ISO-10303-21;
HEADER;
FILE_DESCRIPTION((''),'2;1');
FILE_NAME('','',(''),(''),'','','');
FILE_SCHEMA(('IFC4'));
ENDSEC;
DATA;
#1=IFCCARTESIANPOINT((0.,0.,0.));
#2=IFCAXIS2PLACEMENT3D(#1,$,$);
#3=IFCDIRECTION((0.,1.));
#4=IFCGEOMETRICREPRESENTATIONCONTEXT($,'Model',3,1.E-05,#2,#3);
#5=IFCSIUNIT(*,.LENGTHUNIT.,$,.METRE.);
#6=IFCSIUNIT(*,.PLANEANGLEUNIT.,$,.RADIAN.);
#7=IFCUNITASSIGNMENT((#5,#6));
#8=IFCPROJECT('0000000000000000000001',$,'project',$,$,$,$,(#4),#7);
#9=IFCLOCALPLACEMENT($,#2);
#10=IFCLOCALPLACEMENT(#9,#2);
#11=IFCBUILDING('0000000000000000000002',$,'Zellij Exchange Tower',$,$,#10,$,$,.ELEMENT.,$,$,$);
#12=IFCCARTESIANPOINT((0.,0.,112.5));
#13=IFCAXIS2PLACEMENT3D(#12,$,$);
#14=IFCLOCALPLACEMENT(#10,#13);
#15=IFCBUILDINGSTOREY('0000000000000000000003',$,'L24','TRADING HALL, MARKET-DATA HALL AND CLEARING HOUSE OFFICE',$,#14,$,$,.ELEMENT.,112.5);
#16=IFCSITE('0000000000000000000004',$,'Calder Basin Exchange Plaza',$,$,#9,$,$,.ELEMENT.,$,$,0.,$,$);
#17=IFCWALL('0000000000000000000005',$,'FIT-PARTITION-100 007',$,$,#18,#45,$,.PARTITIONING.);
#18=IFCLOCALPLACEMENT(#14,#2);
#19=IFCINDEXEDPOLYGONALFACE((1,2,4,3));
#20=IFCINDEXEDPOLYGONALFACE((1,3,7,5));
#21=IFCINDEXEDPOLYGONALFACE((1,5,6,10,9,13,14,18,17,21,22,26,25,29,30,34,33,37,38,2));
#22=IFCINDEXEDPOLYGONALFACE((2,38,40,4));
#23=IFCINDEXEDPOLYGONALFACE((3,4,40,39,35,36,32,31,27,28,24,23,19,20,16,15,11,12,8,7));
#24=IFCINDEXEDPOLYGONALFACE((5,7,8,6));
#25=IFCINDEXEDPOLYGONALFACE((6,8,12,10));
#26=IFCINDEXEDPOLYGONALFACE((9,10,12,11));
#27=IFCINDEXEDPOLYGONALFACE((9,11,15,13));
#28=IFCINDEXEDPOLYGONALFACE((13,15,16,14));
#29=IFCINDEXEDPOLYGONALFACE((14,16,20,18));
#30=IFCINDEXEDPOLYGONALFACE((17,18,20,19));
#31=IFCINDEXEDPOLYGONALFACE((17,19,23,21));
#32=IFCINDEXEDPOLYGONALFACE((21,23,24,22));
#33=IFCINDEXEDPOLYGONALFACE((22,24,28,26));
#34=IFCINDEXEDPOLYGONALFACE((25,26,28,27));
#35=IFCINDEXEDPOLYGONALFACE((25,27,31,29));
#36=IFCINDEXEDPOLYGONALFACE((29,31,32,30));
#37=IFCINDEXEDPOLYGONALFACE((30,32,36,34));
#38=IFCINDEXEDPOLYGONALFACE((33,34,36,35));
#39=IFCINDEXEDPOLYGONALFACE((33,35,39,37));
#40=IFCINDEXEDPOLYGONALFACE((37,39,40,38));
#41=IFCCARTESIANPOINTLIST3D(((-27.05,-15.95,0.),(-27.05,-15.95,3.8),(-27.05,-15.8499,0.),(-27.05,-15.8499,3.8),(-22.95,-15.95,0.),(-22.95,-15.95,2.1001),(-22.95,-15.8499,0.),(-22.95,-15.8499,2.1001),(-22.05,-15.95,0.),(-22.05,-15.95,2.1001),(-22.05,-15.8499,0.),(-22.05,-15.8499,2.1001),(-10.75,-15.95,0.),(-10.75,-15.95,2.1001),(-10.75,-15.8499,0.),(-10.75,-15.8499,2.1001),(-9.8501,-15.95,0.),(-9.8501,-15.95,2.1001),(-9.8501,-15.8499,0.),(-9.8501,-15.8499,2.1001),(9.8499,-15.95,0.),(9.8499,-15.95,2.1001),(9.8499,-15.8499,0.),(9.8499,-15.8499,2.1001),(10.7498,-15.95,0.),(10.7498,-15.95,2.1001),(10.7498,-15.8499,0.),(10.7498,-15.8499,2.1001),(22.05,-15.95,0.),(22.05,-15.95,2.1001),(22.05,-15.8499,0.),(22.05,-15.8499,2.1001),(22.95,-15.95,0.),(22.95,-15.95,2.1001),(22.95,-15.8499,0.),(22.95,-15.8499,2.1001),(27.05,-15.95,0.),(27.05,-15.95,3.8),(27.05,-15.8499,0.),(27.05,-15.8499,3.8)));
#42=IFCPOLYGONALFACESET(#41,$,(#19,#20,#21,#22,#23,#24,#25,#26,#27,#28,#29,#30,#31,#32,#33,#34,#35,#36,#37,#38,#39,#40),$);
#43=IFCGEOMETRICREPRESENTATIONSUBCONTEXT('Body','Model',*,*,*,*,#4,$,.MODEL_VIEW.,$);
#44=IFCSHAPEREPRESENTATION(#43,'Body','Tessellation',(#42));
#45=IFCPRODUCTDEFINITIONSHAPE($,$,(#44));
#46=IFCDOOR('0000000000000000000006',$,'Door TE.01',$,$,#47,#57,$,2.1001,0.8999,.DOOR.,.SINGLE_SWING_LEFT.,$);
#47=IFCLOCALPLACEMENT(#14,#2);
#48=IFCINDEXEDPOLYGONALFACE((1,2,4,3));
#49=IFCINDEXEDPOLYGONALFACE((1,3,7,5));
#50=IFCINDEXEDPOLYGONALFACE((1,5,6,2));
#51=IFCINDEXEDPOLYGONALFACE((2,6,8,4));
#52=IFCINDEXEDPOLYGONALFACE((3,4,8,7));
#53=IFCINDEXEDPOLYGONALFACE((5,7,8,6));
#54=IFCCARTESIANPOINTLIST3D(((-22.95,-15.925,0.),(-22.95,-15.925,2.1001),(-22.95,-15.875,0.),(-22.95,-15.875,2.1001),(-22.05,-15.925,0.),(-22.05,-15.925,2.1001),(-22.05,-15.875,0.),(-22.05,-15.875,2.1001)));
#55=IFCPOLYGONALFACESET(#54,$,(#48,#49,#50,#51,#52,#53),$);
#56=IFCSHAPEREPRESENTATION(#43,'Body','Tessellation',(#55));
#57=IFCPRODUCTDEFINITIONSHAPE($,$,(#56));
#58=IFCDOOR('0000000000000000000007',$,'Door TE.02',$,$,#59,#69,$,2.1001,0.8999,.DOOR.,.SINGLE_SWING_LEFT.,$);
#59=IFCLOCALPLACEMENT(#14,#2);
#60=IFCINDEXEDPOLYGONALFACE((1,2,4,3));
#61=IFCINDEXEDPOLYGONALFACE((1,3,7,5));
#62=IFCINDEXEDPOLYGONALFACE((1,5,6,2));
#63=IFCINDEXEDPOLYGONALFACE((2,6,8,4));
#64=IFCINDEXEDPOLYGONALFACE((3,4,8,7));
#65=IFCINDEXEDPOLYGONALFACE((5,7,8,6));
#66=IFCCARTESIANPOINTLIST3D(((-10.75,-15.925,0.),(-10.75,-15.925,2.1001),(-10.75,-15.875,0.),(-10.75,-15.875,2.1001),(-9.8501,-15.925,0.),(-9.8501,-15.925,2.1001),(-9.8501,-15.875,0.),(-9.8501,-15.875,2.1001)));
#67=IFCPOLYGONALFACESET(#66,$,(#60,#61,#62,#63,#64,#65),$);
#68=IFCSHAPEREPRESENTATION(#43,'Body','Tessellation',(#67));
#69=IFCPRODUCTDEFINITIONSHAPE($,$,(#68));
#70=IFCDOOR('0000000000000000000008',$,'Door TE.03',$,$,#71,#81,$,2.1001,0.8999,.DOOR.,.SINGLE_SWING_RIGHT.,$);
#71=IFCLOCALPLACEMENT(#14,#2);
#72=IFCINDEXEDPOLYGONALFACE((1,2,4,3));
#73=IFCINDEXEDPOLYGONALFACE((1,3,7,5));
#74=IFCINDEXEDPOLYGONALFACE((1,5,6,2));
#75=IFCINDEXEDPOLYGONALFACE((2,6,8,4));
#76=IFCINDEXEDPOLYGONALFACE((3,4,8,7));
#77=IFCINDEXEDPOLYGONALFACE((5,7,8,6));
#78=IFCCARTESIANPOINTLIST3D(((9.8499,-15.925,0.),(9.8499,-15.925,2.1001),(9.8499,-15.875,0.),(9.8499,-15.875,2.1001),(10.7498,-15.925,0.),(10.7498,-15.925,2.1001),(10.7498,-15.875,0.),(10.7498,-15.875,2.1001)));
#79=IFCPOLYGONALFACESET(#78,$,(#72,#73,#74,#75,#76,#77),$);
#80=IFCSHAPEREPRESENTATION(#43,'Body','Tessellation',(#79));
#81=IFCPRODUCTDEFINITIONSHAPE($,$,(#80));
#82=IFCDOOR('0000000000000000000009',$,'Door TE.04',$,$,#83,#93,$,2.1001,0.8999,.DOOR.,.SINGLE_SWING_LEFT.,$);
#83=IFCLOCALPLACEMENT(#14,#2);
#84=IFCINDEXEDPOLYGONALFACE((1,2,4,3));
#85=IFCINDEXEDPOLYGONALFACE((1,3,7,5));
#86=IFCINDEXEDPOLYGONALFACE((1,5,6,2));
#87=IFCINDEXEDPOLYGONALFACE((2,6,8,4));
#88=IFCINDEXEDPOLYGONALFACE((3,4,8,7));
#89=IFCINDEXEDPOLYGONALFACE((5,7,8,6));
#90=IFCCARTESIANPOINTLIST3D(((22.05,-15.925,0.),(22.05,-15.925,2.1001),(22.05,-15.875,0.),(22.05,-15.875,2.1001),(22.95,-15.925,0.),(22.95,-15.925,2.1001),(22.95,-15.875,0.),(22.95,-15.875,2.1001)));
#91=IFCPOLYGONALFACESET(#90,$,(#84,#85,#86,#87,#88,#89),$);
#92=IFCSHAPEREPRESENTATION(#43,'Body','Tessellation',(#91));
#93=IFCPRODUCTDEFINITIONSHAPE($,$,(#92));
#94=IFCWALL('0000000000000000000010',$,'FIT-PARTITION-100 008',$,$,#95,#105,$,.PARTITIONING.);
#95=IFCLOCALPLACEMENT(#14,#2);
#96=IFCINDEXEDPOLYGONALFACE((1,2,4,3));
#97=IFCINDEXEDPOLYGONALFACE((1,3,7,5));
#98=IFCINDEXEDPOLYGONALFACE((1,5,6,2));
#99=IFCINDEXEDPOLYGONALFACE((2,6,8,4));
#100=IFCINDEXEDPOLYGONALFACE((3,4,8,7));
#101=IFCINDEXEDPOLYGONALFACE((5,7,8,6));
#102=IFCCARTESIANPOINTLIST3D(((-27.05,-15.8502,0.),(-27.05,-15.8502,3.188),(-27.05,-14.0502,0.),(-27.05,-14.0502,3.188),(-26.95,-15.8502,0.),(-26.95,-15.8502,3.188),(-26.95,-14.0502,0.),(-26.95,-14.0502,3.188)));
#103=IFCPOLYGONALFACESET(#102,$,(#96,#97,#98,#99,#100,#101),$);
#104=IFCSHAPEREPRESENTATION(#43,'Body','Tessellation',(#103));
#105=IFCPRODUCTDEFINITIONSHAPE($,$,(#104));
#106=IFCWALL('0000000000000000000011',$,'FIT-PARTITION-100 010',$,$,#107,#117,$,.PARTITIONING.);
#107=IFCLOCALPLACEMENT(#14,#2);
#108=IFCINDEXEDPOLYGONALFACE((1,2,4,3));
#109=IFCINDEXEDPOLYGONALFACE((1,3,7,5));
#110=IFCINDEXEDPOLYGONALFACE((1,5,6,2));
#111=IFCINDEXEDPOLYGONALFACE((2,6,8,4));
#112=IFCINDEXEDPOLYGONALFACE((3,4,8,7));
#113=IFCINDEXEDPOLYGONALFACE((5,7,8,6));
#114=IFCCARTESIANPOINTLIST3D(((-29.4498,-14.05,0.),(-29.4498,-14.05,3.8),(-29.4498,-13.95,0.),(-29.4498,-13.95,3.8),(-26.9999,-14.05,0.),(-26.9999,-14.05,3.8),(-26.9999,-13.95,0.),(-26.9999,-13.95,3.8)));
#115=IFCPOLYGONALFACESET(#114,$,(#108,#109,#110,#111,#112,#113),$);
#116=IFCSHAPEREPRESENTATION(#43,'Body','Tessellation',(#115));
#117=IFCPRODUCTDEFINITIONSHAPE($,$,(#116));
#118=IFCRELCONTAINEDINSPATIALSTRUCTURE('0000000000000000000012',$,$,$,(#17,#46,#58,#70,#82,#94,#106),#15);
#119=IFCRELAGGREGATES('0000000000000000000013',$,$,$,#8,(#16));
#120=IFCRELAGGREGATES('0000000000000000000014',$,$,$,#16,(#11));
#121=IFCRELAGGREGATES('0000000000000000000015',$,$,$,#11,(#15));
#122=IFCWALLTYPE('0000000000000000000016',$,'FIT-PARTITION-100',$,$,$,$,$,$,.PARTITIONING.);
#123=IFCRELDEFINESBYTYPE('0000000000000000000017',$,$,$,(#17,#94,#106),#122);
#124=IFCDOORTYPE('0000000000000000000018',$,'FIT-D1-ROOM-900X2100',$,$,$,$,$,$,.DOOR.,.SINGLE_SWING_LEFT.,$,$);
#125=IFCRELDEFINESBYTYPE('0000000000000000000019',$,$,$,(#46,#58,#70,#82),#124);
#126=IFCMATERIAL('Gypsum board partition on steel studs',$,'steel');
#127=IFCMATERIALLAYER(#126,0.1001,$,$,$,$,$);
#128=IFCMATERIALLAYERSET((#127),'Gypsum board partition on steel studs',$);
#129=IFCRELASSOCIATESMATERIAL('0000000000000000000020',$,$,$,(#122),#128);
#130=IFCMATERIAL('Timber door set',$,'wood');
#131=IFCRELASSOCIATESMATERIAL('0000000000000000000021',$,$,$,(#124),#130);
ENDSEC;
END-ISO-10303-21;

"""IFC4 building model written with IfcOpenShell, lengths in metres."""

from ifc_helpers import new_model, si_unit, direction, frame, frame_2d, origin, place, context, subcontext, project, spatial, rectangle, extrude, material, layer, layer_set, type_object, element, fill, save


model = new_model("IFC4")

# Units and contexts
model_context = context("Model", 3, precision=1e-05, world=origin(), true_north=direction((0.0, 1.0)))
body_context = subcontext(model_context, "Body", "Model", "MODEL_VIEW")
ifc_project = project(units=[si_unit("LENGTHUNIT", "METRE"), si_unit("PLANEANGLEUNIT", "RADIAN")], contexts=[model_context])

# Site, building, storey
site_placement = place(None, origin())
site = spatial("IfcSite", under=ifc_project, at=site_placement, Name="Calder Basin Exchange Plaza", CompositionType="ELEMENT", RefElevation=0.0)
building_placement = place(site_placement, origin())
building = spatial("IfcBuilding", under=site, at=building_placement, Name="Zellij Exchange Tower", CompositionType="ELEMENT")
storey_placement = place(building_placement, frame((0.0, 0.0, 112.5)))
storey = spatial("IfcBuildingStorey", under=building, at=storey_placement, Name="L24", Description="TRADING HALL, MARKET-DATA HALL AND CLEARING HOUSE OFFICE", CompositionType="ELEMENT", Elevation=112.5)

# Wall, openings, doors
ifc_material_1 = material(Name="Gypsum board partition on steel studs", Category="steel")
ifc_layer_1 = layer(ifc_material_1, 0.1001)
ifc_layer_set_1 = layer_set([ifc_layer_1], Name="Gypsum board partition on steel studs")
wall_type_1 = type_object("IfcWallType", Name="FIT-PARTITION-100", PredefinedType="PARTITIONING", material=ifc_layer_set_1)
wall_1_placement = place(storey_placement, frame((-27.05, -15.8999, 0.0), z_axis=(0.0, 0.0, 1.0), x_axis=(1.0, 0.0, 0.0)))
wall_1 = element("IfcWall", 1, at=wall_1_placement, inside=storey, type_object=wall_type_1, Name="FIT-PARTITION-100 007", PredefinedType="PARTITIONING", context=body_context, shape_type="SweptSolid", body=[
    extrude(rectangle(XDim=54.1001, YDim=0.1001, at=frame_2d((27.05, 0.0))), origin(), (0.0, 0.0, 1.0), 3.8),
])
opening_1_placement = place(wall_1_placement, frame((4.1001, 0.0, 0.0)))
opening_1 = element("IfcOpeningElement", 2, at=opening_1_placement, cuts=wall_1, PredefinedType="OPENING", context=body_context, shape_type="SweptSolid", body=[
    extrude(rectangle(XDim=0.8999, YDim=2.1001, at=frame_2d((0.45, 1.05))), frame((0.0, 0.062, 0.0), z_axis=(0.0, -1.0, 0.0), x_axis=(1.0, 0.0, 0.0)), (0.0, 0.0, 1.0), 0.124),
])
opening_2_placement = place(wall_1_placement, frame((16.3, 0.0, 0.0)))
opening_2 = element("IfcOpeningElement", 3, at=opening_2_placement, cuts=wall_1, PredefinedType="OPENING", context=body_context, shape_type="SweptSolid", body=[
    extrude(rectangle(XDim=0.8999, YDim=2.1001, at=frame_2d((0.45, 1.05))), frame((0.0, 0.062, 0.0), z_axis=(0.0, -1.0, 0.0), x_axis=(1.0, 0.0, 0.0)), (0.0, 0.0, 1.0), 0.124),
])
opening_3_placement = place(wall_1_placement, frame((36.8999, 0.0, 0.0)))
opening_3 = element("IfcOpeningElement", 4, at=opening_3_placement, cuts=wall_1, PredefinedType="OPENING", context=body_context, shape_type="SweptSolid", body=[
    extrude(rectangle(XDim=0.8999, YDim=2.1001, at=frame_2d((0.45, 1.05))), frame((0.0, 0.062, 0.0), z_axis=(0.0, -1.0, 0.0), x_axis=(1.0, 0.0, 0.0)), (0.0, 0.0, 1.0), 0.124),
])
opening_4_placement = place(wall_1_placement, frame((49.1001, 0.0, 0.0)))
opening_4 = element("IfcOpeningElement", 5, at=opening_4_placement, cuts=wall_1, PredefinedType="OPENING", context=body_context, shape_type="SweptSolid", body=[
    extrude(rectangle(XDim=0.8999, YDim=2.1001, at=frame_2d((0.45, 1.05))), frame((0.0, 0.062, 0.0), z_axis=(0.0, -1.0, 0.0), x_axis=(1.0, 0.0, 0.0)), (0.0, 0.0, 1.0), 0.124),
])
ifc_material_2 = material(Name="Timber door set", Category="wood")
door_type = type_object("IfcDoorType", Name="FIT-D1-ROOM-900X2100", OperationType="SINGLE_SWING_LEFT", PredefinedType="DOOR", material=ifc_material_2)
door_1_placement = place(opening_1_placement, origin())
door_1 = element("IfcDoor", 6, at=door_1_placement, inside=storey, type_object=door_type, Name="Door TE.01", OperationType="SINGLE_SWING_LEFT", OverallHeight=2.1001, OverallWidth=0.8999, PredefinedType="DOOR", context=body_context, shape_type="SweptSolid", body=[
    extrude(rectangle(XDim=0.8999, YDim=2.1001, at=frame_2d((0.45, 1.05))), frame((0.0, 0.0249, 0.0), z_axis=(0.0, -1.0, 0.0), x_axis=(1.0, 0.0, 0.0)), (0.0, 0.0, 1.0), 0.05),
])
fill(opening_1, door_1)
door_2_placement = place(opening_2_placement, origin())
door_2 = element("IfcDoor", 7, at=door_2_placement, inside=storey, type_object=door_type, Name="Door TE.02", OperationType="SINGLE_SWING_LEFT", OverallHeight=2.1001, OverallWidth=0.8999, PredefinedType="DOOR", context=body_context, shape_type="SweptSolid", body=[
    extrude(rectangle(XDim=0.8999, YDim=2.1001, at=frame_2d((0.45, 1.05))), frame((0.0, 0.0249, 0.0), z_axis=(0.0, -1.0, 0.0), x_axis=(1.0, 0.0, 0.0)), (0.0, 0.0, 1.0), 0.05),
])
fill(opening_2, door_2)
door_3_placement = place(opening_3_placement, origin())
door_3 = element("IfcDoor", 8, at=door_3_placement, inside=storey, type_object=door_type, Name="Door TE.03", OperationType="SINGLE_SWING_RIGHT", OverallHeight=2.1001, OverallWidth=0.8999, PredefinedType="DOOR", context=body_context, shape_type="SweptSolid", body=[
    extrude(rectangle(XDim=0.8999, YDim=2.1001, at=frame_2d((0.45, 1.05))), frame((0.0, 0.0249, 0.0), z_axis=(0.0, -1.0, 0.0), x_axis=(1.0, 0.0, 0.0)), (0.0, 0.0, 1.0), 0.05),
])
fill(opening_3, door_3)
door_4_placement = place(opening_4_placement, origin())
door_4 = element("IfcDoor", 9, at=door_4_placement, inside=storey, type_object=door_type, Name="Door TE.04", OperationType="SINGLE_SWING_LEFT", OverallHeight=2.1001, OverallWidth=0.8999, PredefinedType="DOOR", context=body_context, shape_type="SweptSolid", body=[
    extrude(rectangle(XDim=0.8999, YDim=2.1001, at=frame_2d((0.45, 1.05))), frame((0.0, 0.0249, 0.0), z_axis=(0.0, -1.0, 0.0), x_axis=(1.0, 0.0, 0.0)), (0.0, 0.0, 1.0), 0.05),
])
fill(opening_4, door_4)

# Walls
wall_2_placement = place(storey_placement, frame((-27.0, -15.8501, 0.0), z_axis=(0.0, 0.0, 1.0), x_axis=(0.0, 1.0, 0.0)))
element("IfcWall", 10, at=wall_2_placement, inside=storey, type_object=wall_type_1, Name="FIT-PARTITION-100 008", PredefinedType="PARTITIONING", context=body_context, shape_type="SweptSolid", body=[
    extrude(rectangle(XDim=1.8, YDim=0.1001, at=frame_2d((0.8999, 0.0))), origin(), (0.0, 0.0, 1.0), 3.188),
])
wall_3_placement = place(storey_placement, frame((-29.45, -14.0, 0.0), z_axis=(0.0, 0.0, 1.0), x_axis=(1.0, 0.0, 0.0)))
element("IfcWall", 11, at=wall_3_placement, inside=storey, type_object=wall_type_1, Name="FIT-PARTITION-100 010", PredefinedType="PARTITIONING", context=body_context, shape_type="SweptSolid", body=[
    extrude(rectangle(XDim=2.45, YDim=0.1001, at=frame_2d((1.2251, 0.0))), origin(), (0.0, 0.0, 1.0), 3.8),
])

save(model, "model.ifc")
